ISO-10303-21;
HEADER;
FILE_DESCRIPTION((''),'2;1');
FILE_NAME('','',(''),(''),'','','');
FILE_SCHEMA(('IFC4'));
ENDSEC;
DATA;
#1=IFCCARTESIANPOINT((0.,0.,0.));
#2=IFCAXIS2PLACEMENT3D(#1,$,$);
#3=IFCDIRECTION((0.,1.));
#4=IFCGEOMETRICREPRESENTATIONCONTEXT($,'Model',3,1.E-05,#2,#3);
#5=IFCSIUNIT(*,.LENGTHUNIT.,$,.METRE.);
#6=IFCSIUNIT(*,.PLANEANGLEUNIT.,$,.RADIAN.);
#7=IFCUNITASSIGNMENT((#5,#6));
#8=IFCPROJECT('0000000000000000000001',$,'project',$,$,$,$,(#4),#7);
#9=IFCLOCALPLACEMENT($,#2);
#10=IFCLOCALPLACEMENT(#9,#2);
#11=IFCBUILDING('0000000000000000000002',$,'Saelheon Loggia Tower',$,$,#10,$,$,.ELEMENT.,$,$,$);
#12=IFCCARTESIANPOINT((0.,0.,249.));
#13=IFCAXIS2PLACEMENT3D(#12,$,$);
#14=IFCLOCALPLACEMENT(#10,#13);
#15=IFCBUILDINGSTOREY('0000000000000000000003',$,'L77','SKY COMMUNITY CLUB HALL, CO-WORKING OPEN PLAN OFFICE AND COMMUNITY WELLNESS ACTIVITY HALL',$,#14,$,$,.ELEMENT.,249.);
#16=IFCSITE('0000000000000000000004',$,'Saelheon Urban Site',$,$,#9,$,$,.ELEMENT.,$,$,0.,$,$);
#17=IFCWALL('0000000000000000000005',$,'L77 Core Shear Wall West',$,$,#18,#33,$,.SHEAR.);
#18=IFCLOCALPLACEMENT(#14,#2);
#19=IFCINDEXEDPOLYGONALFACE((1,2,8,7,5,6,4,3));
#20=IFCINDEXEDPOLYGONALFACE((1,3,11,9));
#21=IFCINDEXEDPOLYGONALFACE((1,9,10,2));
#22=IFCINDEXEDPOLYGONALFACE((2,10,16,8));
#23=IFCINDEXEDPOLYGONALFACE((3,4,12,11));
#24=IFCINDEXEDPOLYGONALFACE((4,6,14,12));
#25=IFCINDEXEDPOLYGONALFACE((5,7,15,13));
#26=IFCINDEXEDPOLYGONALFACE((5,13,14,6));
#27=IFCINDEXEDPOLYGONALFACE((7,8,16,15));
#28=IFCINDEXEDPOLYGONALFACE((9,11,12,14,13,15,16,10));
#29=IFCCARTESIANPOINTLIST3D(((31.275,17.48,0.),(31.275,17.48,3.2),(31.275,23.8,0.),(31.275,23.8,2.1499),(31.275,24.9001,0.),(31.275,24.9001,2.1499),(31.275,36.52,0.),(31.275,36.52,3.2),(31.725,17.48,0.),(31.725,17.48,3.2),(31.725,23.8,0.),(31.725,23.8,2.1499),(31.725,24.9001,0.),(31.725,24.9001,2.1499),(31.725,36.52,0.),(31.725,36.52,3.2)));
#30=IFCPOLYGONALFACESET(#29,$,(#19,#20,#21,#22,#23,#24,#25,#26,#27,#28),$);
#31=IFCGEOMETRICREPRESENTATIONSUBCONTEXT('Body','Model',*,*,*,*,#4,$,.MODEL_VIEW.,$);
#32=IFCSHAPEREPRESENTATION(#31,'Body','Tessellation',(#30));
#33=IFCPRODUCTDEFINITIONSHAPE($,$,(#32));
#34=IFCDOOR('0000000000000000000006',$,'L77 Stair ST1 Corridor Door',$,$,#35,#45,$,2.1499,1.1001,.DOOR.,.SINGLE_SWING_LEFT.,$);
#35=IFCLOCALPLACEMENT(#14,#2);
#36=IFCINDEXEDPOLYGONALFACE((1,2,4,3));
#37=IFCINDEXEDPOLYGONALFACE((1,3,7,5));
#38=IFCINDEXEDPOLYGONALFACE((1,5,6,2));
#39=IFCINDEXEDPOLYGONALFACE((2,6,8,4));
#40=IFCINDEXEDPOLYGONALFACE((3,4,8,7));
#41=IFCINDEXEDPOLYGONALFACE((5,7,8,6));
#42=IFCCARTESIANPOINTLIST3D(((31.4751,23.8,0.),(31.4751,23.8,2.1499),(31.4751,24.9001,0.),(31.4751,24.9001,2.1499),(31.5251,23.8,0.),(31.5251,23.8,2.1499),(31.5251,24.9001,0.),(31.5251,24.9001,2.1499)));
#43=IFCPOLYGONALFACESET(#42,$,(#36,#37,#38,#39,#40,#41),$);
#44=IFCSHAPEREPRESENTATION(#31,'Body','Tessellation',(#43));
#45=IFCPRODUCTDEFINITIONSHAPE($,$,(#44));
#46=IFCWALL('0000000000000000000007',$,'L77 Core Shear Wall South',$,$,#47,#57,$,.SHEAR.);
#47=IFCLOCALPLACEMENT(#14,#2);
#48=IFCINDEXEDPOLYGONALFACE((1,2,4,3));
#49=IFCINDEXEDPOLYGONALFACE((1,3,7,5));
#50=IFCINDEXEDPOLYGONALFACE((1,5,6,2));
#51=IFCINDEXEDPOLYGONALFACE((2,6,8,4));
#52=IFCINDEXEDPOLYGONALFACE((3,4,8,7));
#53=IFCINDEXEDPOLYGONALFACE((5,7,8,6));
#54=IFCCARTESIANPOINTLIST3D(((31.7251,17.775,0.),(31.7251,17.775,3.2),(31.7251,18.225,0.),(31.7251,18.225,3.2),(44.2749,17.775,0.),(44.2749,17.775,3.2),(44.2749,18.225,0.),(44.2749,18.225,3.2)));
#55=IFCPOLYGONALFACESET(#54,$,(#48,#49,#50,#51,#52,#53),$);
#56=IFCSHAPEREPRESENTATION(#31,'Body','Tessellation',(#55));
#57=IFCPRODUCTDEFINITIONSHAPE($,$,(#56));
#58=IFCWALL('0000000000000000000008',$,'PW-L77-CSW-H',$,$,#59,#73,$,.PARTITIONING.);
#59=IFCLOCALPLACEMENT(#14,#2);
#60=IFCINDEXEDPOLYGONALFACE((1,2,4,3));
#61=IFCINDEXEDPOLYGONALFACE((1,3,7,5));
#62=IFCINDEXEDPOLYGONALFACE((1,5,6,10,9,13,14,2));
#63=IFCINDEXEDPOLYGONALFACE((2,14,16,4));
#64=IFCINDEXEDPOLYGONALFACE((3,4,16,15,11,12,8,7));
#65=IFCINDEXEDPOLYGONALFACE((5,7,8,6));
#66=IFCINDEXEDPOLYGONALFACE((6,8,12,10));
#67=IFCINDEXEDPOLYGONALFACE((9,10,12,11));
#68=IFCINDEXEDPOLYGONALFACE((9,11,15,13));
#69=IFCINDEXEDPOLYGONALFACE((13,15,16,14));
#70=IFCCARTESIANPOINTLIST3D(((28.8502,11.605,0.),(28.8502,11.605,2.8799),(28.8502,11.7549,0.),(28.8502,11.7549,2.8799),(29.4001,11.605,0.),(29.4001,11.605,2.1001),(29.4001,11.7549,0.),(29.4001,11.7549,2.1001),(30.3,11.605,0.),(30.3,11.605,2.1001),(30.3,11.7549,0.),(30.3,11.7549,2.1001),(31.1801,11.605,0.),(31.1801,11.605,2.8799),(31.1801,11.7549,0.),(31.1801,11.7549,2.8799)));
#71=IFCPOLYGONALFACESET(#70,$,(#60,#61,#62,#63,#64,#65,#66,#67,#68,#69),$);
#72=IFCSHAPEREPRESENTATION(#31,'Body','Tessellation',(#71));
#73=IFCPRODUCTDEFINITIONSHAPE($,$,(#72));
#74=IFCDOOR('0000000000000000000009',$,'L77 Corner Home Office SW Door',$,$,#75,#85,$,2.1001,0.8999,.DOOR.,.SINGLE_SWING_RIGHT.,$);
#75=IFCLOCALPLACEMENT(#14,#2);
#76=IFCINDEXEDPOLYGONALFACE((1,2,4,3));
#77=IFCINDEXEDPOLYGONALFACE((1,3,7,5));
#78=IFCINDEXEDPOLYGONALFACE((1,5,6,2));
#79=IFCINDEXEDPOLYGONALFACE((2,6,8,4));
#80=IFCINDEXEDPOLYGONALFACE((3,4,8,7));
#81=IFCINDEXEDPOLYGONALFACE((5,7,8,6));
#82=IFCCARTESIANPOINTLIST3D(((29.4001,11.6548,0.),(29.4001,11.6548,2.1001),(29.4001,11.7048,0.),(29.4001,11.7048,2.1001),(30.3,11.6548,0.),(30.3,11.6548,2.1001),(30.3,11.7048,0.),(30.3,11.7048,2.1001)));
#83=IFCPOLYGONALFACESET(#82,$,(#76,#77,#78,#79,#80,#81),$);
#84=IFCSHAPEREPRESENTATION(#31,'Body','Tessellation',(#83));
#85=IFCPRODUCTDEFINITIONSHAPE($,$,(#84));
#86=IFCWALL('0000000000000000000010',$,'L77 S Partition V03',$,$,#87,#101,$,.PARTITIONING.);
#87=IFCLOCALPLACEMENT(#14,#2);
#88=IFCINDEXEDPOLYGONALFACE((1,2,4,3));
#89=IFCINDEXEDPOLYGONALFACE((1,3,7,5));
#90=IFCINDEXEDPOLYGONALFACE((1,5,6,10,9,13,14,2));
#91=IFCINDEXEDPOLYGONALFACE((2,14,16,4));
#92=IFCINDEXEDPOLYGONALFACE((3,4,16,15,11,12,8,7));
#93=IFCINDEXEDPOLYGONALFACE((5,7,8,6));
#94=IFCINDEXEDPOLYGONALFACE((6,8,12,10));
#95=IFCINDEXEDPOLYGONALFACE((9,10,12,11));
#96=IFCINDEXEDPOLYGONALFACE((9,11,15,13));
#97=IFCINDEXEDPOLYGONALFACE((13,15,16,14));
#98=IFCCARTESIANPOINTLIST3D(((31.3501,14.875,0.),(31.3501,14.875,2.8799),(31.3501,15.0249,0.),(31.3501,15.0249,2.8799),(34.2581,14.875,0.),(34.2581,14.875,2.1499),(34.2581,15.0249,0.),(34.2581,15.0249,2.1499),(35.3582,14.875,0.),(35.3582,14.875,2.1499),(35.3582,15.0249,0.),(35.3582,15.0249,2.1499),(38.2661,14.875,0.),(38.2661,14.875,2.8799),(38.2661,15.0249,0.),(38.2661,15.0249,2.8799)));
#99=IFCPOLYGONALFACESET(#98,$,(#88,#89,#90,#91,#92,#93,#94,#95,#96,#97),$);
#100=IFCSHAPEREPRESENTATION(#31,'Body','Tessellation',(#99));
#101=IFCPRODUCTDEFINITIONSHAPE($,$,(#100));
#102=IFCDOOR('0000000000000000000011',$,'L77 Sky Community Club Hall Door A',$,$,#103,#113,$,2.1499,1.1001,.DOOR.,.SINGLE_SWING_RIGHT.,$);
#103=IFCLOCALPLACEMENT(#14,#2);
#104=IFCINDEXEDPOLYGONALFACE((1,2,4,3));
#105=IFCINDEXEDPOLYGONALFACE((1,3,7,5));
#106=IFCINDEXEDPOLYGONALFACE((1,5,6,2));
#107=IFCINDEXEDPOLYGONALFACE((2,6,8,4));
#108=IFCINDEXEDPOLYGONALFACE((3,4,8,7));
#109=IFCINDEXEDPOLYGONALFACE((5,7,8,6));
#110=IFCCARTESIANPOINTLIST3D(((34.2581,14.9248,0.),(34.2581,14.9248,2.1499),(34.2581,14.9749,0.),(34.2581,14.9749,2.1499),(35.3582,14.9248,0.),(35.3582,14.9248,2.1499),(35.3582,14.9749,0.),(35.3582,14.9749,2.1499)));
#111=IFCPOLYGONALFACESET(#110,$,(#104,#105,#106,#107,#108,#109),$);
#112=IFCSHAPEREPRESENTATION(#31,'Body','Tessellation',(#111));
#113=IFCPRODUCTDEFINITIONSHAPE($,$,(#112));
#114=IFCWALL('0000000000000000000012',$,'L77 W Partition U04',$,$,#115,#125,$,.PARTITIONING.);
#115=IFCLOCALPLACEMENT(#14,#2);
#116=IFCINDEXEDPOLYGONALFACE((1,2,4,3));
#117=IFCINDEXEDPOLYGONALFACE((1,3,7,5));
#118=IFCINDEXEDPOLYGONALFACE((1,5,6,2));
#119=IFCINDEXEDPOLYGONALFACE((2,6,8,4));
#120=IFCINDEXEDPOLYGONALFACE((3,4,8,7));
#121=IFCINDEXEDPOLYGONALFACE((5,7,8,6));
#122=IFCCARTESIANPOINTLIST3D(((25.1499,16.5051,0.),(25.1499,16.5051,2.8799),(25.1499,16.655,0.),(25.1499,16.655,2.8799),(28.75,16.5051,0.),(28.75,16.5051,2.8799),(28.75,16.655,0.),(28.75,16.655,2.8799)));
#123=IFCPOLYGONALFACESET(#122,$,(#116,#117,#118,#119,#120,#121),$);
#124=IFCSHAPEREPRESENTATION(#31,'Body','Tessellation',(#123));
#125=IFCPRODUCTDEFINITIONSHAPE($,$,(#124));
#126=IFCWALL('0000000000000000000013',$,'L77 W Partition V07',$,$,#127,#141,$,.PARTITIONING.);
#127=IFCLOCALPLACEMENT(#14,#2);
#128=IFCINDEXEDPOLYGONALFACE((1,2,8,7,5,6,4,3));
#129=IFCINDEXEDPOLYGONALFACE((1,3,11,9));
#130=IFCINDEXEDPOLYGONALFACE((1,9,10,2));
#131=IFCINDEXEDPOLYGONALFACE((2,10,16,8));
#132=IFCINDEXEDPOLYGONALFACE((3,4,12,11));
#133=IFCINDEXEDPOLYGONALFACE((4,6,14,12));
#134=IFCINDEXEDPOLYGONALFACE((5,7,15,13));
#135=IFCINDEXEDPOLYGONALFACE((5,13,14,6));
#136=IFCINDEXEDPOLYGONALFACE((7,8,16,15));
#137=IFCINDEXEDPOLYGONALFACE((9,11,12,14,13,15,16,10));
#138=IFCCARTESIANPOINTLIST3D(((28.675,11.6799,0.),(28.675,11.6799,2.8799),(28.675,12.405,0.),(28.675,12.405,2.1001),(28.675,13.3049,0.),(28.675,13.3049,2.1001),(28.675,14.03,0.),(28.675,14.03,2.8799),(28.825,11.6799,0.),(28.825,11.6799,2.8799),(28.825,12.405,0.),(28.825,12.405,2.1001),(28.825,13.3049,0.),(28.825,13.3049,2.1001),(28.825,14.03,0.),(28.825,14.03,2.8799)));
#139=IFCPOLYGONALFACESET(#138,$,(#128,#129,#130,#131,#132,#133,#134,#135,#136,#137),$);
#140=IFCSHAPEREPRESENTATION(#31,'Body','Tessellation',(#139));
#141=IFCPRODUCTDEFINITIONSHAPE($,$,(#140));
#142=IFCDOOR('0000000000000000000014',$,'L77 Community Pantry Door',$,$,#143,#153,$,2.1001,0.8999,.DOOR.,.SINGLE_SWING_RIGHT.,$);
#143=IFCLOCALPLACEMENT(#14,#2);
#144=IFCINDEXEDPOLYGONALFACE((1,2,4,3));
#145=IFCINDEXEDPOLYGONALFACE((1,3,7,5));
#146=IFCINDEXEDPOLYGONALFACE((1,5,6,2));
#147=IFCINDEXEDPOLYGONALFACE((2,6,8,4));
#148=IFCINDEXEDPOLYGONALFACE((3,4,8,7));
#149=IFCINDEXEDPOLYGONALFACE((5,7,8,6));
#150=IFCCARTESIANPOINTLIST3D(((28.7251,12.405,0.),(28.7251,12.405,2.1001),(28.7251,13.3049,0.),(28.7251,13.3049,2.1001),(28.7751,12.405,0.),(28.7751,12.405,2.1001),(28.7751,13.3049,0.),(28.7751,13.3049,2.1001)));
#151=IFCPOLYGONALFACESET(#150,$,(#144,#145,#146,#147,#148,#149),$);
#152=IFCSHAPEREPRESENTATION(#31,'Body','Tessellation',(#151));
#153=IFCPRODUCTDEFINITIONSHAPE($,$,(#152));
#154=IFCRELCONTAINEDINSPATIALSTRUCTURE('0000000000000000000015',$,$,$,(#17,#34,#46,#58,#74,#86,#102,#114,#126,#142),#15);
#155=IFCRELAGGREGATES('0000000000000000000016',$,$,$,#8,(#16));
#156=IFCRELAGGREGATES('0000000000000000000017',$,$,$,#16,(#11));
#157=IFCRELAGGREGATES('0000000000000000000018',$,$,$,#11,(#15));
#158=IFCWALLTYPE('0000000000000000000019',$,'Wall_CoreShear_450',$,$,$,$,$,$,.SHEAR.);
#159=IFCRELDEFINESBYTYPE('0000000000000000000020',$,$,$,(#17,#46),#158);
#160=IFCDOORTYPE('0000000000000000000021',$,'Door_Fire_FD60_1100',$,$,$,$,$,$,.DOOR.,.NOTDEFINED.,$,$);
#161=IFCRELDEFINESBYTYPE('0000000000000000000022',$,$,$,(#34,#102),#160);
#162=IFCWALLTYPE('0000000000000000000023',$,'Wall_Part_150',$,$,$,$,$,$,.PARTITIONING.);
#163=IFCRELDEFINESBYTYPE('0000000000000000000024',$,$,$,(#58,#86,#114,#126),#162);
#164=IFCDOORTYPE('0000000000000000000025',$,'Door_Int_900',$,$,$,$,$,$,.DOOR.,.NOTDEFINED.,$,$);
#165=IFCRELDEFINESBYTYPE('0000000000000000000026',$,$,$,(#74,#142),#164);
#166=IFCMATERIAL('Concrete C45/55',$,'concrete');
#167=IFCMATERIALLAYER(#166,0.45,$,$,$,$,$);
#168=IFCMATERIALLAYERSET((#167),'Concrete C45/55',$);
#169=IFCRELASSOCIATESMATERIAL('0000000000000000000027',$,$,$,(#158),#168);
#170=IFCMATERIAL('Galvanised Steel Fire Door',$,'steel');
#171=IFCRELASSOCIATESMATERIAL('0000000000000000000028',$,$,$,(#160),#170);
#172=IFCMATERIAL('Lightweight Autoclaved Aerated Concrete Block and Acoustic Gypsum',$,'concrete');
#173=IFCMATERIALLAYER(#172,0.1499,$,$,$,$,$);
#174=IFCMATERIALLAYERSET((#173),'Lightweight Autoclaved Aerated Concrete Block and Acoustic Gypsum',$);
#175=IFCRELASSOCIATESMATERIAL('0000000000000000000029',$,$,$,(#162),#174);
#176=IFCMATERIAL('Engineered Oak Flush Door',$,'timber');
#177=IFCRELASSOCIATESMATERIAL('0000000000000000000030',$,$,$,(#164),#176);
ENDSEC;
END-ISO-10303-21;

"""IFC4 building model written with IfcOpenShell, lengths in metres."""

from ifc_helpers import new_model, si_unit, direction, frame, frame_2d, origin, place, context, subcontext, project, spatial, rectangle, extrude, source, transform, mapped, material, layer, layer_set, type_object, element, fill, save


model = new_model("IFC4")

# Units and contexts
model_context = context("Model", 3, precision=1e-05, world=origin(), true_north=direction((0.0, 1.0)))
body_context = subcontext(model_context, "Body", "Model", "MODEL_VIEW")
ifc_project = project(units=[si_unit("LENGTHUNIT", "METRE"), si_unit("PLANEANGLEUNIT", "RADIAN")], contexts=[model_context])

# Site, building, storey
site_placement = place(None, origin())
site = spatial("IfcSite", under=ifc_project, at=site_placement, Name="Saelheon Urban Site", CompositionType="ELEMENT", RefElevation=0.0)
building_placement = place(site_placement, origin())
building = spatial("IfcBuilding", under=site, at=building_placement, Name="Saelheon Loggia Tower", CompositionType="ELEMENT")
storey_placement = place(building_placement, frame((0.0, 0.0, 249.0)))
storey = spatial("IfcBuildingStorey", under=building, at=storey_placement, Name="L77", Description="SKY COMMUNITY CLUB HALL, CO-WORKING OPEN PLAN OFFICE AND COMMUNITY WELLNESS ACTIVITY HALL", CompositionType="ELEMENT", Elevation=249.0)

# Shared definitions
ifc_material_1 = material(Name="Concrete C45/55", Category="concrete")

# Wall, opening, door
ifc_layer_1 = layer(ifc_material_1, 0.45)
ifc_layer_set_1 = layer_set([ifc_layer_1], Name="Concrete C45/55")
wall_type_1 = type_object("IfcWallType", Name="Wall_CoreShear_450", PredefinedType="SHEAR", material=ifc_layer_set_1)
wall_1_placement = place(storey_placement, frame((31.5, 17.48, 0.0), z_axis=(0.0, 0.0, 1.0), x_axis=(0.0, 1.0, 0.0)))
wall_1 = element("IfcWall", 1, at=wall_1_placement, inside=storey, type_object=wall_type_1, Name="L77 Core Shear Wall West", PredefinedType="SHEAR", context=body_context, shape_type="SweptSolid", body=[
    extrude(rectangle(XDim=19.04, YDim=0.45, at=frame_2d((9.52, 0.0))), origin(), (0.0, 0.0, 1.0), 3.2),
])
opening_1_placement = place(wall_1_placement, frame((6.3201, 0.0, 0.0)))
opening_1 = element("IfcOpeningElement", 2, at=opening_1_placement, cuts=wall_1, PredefinedType="OPENING", context=body_context, shape_type="SweptSolid", body=[
    extrude(rectangle(XDim=1.1001, YDim=2.1499, at=frame_2d((0.55, 1.075))), frame((0.0, 0.2371, 0.0), z_axis=(0.0, -1.0, 0.0), x_axis=(1.0, 0.0, 0.0)), (0.0, 0.0, 1.0), 0.4739),
])
ifc_material_2 = material(Name="Galvanised Steel Fire Door", Category="steel")
door_type_1 = type_object("IfcDoorType", Name="Door_Fire_FD60_1100", OperationType="NOTDEFINED", PredefinedType="DOOR", material=ifc_material_2)
shared_shape_1 = source(origin(), body_context, "Body", "SweptSolid", [
    extrude(rectangle(XDim=1.1001, YDim=2.1499, at=frame_2d((0.55, 1.075))), frame((0.0, 0.0249, 0.0), z_axis=(0.0, -1.0, 0.0), x_axis=(1.0, 0.0, 0.0)), (0.0, 0.0, 1.0), 0.05),
])
door_1_placement = place(opening_1_placement, origin())
door_1 = element("IfcDoor", 3, at=door_1_placement, inside=storey, type_object=door_type_1, Name="L77 Stair ST1 Corridor Door", OperationType="SINGLE_SWING_LEFT", OverallHeight=2.1499, OverallWidth=1.1001, PredefinedType="DOOR", context=body_context, shape_type="MappedRepresentation", body=[
    mapped(shared_shape_1, transform((0.0, 0.0, 0.0), scale=1.0)),
])
fill(opening_1, door_1)

# Wall
wall_2_placement = place(storey_placement, frame((31.7251, 18.0, 0.0), z_axis=(0.0, 0.0, 1.0), x_axis=(1.0, 0.0, 0.0)))
element("IfcWall", 4, at=wall_2_placement, inside=storey, type_object=wall_type_1, Name="L77 Core Shear Wall South", PredefinedType="SHEAR", context=body_context, shape_type="SweptSolid", body=[
    extrude(rectangle(XDim=12.5498, YDim=0.45, at=frame_2d((6.2749, 0.0))), origin(), (0.0, 0.0, 1.0), 3.2),
])

# Walls, openings, doors
ifc_material_3 = material(Name="Lightweight Autoclaved Aerated Concrete Block and Acoustic Gypsum", Category="concrete")
ifc_layer_2 = layer(ifc_material_3, 0.1499)
ifc_layer_set_2 = layer_set([ifc_layer_2], Name="Lightweight Autoclaved Aerated Concrete Block and Acoustic Gypsum")
wall_type_2 = type_object("IfcWallType", Name="Wall_Part_150", PredefinedType="PARTITIONING", material=ifc_layer_set_2)
wall_3_placement = place(storey_placement, frame((28.8501, 11.6799, 0.0), z_axis=(0.0, 0.0, 1.0), x_axis=(1.0, 0.0, 0.0)))
wall_3 = element("IfcWall", 5, at=wall_3_placement, inside=storey, type_object=wall_type_2, Name="PW-L77-CSW-H", PredefinedType="PARTITIONING", context=body_context, shape_type="SweptSolid", body=[
    extrude(rectangle(XDim=2.3298, YDim=0.1499, at=frame_2d((1.165, 0.0))), origin(), (0.0, 0.0, 1.0), 2.8799),
])
opening_2_placement = place(wall_3_placement, frame((0.55, 0.0, 0.0)))
opening_2 = element("IfcOpeningElement", 6, at=opening_2_placement, cuts=wall_3, PredefinedType="OPENING", context=body_context, shape_type="SweptSolid", body=[
    extrude(rectangle(XDim=0.8999, YDim=2.1001, at=frame_2d((0.45, 1.05))), frame((0.0, 0.0869, 0.0), z_axis=(0.0, -1.0, 0.0), x_axis=(1.0, 0.0, 0.0)), (0.0, 0.0, 1.0), 0.1738),
])
ifc_material_4 = material(Name="Engineered Oak Flush Door", Category="timber")
door_type_2 = type_object("IfcDoorType", Name="Door_Int_900", OperationType="NOTDEFINED", PredefinedType="DOOR", material=ifc_material_4)
shared_shape_2 = source(origin(), body_context, "Body", "SweptSolid", [
    extrude(rectangle(XDim=0.8999, YDim=2.1001, at=frame_2d((0.45, 1.05))), frame((0.0, 0.0249, 0.0), z_axis=(0.0, -1.0, 0.0), x_axis=(1.0, 0.0, 0.0)), (0.0, 0.0, 1.0), 0.05),
])
door_2_placement = place(opening_2_placement, origin())
door_2 = element("IfcDoor", 7, at=door_2_placement, inside=storey, type_object=door_type_2, Name="L77 Corner Home Office SW Door", OperationType="SINGLE_SWING_RIGHT", OverallHeight=2.1001, OverallWidth=0.8999, PredefinedType="DOOR", context=body_context, shape_type="MappedRepresentation", body=[
    mapped(shared_shape_2, transform((0.0, 0.0, 0.0), scale=1.0)),
])
fill(opening_2, door_2)
wall_4_placement = place(storey_placement, frame((31.3501, 14.95, 0.0), z_axis=(0.0, 0.0, 1.0), x_axis=(1.0, 0.0, 0.0)))
wall_4 = element("IfcWall", 8, at=wall_4_placement, inside=storey, type_object=wall_type_2, Name="L77 S Partition V03", PredefinedType="PARTITIONING", context=body_context, shape_type="SweptSolid", body=[
    extrude(rectangle(XDim=6.916, YDim=0.1499, at=frame_2d((3.458, 0.0))), origin(), (0.0, 0.0, 1.0), 2.8799),
])
opening_3_placement = place(wall_4_placement, frame((2.908, 0.0, 0.0)))
opening_3 = element("IfcOpeningElement", 9, at=opening_3_placement, cuts=wall_4, PredefinedType="OPENING", context=body_context, shape_type="SweptSolid", body=[
    extrude(rectangle(XDim=1.1001, YDim=2.1499, at=frame_2d((0.55, 1.075))), frame((0.0, 0.0869, 0.0), z_axis=(0.0, -1.0, 0.0), x_axis=(1.0, 0.0, 0.0)), (0.0, 0.0, 1.0), 0.1738),
])
door_3_placement = place(opening_3_placement, origin())
door_3 = element("IfcDoor", 10, at=door_3_placement, inside=storey, type_object=door_type_1, Name="L77 Sky Community Club Hall Door A", OperationType="SINGLE_SWING_RIGHT", OverallHeight=2.1499, OverallWidth=1.1001, PredefinedType="DOOR", context=body_context, shape_type="MappedRepresentation", body=[
    mapped(shared_shape_1, transform((0.0, 0.0, 0.0), scale=1.0)),
])
fill(opening_3, door_3)

# Wall
wall_5_placement = place(storey_placement, frame((28.75, 16.5801, 0.0), z_axis=(0.0, 0.0, 1.0), x_axis=(-1.0, 0.0, 0.0)))
element("IfcWall", 11, at=wall_5_placement, inside=storey, type_object=wall_type_2, Name="L77 W Partition U04", PredefinedType="PARTITIONING", context=body_context, shape_type="SweptSolid", body=[
    extrude(rectangle(XDim=3.6001, YDim=0.1499, at=frame_2d((1.8, 0.0))), origin(), (0.0, 0.0, 1.0), 2.8799),
])

# Wall, opening, door
wall_6_placement = place(storey_placement, frame((28.75, 11.6799, 0.0), z_axis=(0.0, 0.0, 1.0), x_axis=(0.0, 1.0, 0.0)))
wall_6 = element("IfcWall", 12, at=wall_6_placement, inside=storey, type_object=wall_type_2, Name="L77 W Partition V07", PredefinedType="PARTITIONING", context=body_context, shape_type="SweptSolid", body=[
    extrude(rectangle(XDim=2.3501, YDim=0.1499, at=frame_2d((1.175, 0.0))), origin(), (0.0, 0.0, 1.0), 2.8799),
])
opening_4_placement = place(wall_6_placement, frame((0.7251, 0.0, 0.0)))
opening_4 = element("IfcOpeningElement", 13, at=opening_4_placement, cuts=wall_6, PredefinedType="OPENING", context=body_context, shape_type="SweptSolid", body=[
    extrude(rectangle(XDim=0.8999, YDim=2.1001, at=frame_2d((0.45, 1.05))), frame((0.0, 0.0869, 0.0), z_axis=(0.0, -1.0, 0.0), x_axis=(1.0, 0.0, 0.0)), (0.0, 0.0, 1.0), 0.1738),
])
door_4_placement = place(opening_4_placement, origin())
door_4 = element("IfcDoor", 14, at=door_4_placement, inside=storey, type_object=door_type_2, Name="L77 Community Pantry Door", OperationType="SINGLE_SWING_RIGHT", OverallHeight=2.1001, OverallWidth=0.8999, PredefinedType="DOOR", context=body_context, shape_type="MappedRepresentation", body=[
    mapped(shared_shape_2, transform((0.0, 0.0, 0.0), scale=1.0)),
])
fill(opening_4, door_4)

save(model, "model.ifc")
